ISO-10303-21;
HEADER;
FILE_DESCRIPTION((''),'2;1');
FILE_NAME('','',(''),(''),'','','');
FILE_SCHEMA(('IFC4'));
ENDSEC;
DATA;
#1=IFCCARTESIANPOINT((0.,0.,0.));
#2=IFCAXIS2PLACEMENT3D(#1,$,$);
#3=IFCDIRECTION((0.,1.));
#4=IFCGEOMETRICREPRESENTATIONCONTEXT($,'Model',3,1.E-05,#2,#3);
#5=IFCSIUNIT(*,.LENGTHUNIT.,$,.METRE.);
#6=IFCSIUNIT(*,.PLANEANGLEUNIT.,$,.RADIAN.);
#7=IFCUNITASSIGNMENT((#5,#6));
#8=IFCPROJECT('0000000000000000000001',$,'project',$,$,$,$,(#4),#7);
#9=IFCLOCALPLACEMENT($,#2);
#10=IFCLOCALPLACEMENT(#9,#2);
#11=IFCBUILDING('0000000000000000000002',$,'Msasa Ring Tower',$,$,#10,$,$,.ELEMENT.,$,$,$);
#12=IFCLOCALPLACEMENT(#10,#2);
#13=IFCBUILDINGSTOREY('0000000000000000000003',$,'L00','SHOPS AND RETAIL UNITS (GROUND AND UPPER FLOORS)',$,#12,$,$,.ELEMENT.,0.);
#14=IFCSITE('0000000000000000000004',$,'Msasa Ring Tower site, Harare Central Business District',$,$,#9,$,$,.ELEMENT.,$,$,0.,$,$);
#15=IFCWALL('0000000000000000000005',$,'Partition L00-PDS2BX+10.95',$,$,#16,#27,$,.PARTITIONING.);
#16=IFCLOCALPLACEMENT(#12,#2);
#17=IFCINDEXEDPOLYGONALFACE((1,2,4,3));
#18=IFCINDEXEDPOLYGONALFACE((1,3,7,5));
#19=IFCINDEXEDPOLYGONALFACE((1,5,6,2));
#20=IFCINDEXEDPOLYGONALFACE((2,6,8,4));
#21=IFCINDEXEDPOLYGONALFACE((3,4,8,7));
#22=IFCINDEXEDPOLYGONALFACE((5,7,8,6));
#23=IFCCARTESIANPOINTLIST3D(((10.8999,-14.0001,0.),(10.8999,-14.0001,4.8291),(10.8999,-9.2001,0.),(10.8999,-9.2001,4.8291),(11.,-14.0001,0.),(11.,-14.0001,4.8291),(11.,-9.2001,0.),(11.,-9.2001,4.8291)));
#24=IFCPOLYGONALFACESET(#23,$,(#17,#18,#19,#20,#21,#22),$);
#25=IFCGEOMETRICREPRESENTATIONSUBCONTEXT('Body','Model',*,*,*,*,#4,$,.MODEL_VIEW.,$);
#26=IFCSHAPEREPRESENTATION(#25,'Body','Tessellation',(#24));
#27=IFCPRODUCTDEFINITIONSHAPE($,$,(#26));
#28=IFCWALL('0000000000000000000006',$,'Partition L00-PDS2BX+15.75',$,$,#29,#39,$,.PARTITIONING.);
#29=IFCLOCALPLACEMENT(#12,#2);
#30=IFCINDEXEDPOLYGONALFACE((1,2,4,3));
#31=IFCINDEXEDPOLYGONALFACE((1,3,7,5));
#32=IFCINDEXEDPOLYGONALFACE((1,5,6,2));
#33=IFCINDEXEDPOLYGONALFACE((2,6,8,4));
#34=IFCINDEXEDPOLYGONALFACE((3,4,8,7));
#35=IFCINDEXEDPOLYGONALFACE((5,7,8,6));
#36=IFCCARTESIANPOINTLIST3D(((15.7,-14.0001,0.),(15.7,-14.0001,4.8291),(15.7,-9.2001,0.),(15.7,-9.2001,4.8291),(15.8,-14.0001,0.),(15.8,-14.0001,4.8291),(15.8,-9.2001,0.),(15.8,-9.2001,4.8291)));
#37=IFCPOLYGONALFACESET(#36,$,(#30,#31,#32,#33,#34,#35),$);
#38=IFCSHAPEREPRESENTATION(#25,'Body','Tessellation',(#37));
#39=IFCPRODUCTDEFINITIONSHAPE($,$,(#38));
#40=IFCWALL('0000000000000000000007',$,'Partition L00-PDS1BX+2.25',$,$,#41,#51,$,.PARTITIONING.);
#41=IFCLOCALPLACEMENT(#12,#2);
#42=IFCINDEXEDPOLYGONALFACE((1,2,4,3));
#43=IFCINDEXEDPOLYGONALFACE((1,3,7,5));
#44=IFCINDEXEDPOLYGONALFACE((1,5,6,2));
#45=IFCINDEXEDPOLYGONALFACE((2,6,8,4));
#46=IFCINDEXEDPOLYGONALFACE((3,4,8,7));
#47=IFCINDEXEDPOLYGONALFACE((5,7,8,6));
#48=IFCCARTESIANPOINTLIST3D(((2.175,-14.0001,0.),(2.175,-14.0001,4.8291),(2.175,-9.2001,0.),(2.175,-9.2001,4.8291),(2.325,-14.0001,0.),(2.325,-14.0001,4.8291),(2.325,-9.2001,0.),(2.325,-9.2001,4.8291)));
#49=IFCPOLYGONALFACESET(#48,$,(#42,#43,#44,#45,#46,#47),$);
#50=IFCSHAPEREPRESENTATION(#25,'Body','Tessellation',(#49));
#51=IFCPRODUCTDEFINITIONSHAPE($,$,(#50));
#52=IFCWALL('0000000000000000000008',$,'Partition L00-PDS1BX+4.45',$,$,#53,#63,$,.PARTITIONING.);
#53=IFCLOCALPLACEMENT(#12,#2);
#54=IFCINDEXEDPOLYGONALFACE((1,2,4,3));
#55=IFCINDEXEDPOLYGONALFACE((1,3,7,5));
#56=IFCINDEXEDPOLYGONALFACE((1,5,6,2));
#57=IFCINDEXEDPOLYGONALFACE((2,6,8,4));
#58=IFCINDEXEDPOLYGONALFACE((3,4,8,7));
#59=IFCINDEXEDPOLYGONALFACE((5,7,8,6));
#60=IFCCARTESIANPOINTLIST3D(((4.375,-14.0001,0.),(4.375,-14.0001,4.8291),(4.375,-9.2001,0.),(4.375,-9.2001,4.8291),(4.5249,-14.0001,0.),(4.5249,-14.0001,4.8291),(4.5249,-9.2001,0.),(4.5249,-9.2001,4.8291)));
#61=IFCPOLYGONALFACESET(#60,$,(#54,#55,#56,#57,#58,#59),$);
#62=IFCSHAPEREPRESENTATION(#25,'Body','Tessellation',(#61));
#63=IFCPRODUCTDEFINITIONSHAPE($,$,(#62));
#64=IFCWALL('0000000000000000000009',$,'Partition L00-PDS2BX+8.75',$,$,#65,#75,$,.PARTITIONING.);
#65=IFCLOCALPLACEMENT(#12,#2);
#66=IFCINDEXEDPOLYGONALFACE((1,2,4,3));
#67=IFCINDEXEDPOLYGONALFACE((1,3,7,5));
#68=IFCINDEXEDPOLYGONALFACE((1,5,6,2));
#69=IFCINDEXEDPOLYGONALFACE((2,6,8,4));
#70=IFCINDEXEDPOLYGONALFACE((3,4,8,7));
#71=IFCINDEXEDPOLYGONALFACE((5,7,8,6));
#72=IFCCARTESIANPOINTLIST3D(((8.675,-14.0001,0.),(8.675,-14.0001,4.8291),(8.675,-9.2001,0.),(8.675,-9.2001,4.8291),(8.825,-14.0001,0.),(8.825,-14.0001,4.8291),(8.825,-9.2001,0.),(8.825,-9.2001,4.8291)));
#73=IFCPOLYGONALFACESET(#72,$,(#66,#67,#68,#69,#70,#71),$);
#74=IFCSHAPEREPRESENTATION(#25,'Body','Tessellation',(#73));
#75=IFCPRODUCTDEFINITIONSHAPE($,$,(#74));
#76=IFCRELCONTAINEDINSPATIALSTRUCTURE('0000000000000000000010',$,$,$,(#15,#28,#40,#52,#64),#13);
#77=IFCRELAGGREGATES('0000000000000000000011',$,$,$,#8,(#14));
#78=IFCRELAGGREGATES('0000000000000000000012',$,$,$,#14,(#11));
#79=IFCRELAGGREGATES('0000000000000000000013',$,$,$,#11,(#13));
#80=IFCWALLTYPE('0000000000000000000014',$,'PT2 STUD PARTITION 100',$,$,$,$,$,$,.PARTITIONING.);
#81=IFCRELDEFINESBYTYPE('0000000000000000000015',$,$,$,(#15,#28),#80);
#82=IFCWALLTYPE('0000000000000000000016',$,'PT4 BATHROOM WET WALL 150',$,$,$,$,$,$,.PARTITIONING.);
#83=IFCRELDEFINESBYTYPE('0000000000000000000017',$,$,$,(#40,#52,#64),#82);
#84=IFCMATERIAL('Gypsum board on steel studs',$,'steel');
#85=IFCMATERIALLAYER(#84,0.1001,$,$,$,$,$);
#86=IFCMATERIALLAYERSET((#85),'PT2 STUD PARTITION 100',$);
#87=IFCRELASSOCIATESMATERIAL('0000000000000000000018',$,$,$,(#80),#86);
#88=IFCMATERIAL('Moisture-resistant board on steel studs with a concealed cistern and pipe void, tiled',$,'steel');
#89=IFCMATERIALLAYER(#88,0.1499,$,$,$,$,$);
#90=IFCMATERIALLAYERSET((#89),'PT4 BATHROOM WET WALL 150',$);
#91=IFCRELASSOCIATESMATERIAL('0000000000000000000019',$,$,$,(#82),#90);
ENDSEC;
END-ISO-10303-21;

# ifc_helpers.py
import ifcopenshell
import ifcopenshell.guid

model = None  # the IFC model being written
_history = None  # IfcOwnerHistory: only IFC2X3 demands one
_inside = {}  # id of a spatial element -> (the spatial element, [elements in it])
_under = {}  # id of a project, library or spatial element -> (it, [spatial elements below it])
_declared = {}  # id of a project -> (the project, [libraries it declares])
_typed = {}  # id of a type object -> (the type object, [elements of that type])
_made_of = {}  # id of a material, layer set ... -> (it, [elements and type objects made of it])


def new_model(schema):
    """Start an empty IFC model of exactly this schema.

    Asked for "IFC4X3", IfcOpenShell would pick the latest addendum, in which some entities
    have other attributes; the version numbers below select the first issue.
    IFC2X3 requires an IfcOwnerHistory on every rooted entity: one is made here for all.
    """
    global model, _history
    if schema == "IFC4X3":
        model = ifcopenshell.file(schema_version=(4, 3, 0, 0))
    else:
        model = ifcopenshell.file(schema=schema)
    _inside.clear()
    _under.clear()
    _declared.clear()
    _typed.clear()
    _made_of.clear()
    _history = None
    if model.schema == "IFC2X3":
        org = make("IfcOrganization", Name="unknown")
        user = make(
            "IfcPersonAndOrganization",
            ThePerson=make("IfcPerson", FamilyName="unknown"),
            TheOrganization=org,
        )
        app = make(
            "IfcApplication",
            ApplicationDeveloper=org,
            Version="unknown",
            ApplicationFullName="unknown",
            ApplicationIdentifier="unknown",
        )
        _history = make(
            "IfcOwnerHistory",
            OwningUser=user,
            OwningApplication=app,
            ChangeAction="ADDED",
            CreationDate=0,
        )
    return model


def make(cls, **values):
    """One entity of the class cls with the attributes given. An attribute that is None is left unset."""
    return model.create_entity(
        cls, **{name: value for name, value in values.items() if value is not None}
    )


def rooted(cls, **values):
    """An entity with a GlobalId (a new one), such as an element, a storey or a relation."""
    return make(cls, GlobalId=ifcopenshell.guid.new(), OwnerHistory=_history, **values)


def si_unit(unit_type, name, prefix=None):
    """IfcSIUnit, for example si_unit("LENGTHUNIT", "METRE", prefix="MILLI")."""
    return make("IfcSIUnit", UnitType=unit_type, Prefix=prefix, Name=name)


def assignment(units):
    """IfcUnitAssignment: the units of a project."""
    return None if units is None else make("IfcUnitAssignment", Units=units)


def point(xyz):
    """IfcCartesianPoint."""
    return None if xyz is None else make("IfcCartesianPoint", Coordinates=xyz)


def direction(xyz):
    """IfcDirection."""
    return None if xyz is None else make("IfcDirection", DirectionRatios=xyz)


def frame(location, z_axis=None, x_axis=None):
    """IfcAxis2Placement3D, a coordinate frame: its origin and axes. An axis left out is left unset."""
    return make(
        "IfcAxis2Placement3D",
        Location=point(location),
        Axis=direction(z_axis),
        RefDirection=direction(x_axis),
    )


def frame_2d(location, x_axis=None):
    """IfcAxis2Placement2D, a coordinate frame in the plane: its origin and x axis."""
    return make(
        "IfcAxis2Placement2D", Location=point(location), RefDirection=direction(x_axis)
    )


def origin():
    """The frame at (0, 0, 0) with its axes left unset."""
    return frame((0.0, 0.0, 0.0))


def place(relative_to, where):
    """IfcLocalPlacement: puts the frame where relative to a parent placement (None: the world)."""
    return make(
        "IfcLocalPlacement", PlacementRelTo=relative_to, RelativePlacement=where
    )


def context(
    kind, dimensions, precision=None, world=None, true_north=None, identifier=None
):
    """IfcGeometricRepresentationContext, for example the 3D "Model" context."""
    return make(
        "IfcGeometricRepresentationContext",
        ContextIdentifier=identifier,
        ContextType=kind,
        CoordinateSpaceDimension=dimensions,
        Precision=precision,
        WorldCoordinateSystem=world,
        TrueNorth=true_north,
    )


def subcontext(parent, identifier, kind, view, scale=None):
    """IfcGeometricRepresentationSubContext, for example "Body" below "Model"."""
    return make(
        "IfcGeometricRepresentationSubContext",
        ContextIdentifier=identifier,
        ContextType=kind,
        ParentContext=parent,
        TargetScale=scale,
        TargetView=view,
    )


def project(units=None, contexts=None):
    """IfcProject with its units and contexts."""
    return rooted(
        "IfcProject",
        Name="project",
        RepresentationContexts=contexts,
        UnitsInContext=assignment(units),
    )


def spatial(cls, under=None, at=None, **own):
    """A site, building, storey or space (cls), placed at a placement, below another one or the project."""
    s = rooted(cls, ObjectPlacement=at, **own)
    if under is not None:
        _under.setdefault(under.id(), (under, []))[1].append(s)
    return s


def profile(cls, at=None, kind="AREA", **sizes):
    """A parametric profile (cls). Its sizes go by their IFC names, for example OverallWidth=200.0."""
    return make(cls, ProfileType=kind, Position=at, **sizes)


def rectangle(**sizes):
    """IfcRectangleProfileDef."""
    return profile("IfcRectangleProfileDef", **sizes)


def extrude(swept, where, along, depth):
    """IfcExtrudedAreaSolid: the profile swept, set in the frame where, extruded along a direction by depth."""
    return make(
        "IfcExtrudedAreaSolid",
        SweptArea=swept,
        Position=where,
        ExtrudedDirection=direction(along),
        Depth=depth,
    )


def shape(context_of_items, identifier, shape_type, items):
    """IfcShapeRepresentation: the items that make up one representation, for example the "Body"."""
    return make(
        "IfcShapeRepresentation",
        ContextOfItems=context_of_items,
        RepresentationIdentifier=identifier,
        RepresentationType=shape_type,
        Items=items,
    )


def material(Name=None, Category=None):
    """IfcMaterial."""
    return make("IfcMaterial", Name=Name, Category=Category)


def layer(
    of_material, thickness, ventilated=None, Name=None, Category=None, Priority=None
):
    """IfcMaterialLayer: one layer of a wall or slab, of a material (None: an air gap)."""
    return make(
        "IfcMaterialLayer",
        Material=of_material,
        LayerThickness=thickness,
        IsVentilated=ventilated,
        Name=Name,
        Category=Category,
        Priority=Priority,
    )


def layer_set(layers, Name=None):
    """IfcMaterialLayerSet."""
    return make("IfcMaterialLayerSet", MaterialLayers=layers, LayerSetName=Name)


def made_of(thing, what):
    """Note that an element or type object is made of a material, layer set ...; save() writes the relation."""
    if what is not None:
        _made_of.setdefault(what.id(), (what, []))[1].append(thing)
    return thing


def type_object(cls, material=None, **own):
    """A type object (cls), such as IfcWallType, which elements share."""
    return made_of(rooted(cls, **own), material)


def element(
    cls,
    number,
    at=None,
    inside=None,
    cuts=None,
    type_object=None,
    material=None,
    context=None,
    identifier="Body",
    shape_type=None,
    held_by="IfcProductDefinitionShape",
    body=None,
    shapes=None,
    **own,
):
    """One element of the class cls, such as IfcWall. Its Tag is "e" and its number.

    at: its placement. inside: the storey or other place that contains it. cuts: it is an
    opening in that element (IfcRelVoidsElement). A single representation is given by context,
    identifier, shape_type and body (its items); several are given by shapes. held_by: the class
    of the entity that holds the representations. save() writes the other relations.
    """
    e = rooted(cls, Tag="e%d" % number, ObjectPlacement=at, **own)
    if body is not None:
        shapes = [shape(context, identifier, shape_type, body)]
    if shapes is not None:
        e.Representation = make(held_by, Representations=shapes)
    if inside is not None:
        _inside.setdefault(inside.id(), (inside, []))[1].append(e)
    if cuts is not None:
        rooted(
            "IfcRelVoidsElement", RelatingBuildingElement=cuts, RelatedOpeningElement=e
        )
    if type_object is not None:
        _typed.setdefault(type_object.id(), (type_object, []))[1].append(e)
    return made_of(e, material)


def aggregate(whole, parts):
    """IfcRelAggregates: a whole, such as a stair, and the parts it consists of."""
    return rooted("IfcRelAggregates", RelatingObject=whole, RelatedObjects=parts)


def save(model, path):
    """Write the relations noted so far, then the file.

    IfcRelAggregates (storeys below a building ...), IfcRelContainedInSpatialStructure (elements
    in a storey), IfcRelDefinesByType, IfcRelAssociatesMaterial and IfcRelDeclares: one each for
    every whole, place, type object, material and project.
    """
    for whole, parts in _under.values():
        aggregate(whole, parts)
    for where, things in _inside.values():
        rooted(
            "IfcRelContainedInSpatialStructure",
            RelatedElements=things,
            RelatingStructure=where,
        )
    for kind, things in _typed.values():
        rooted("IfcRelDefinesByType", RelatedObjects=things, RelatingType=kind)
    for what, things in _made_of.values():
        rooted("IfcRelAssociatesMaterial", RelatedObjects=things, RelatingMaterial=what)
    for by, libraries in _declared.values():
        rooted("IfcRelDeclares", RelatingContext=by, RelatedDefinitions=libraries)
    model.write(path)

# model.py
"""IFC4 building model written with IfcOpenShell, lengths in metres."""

from ifc_helpers import new_model, si_unit, direction, frame, frame_2d, origin, place, context, subcontext, project, spatial, rectangle, extrude, material, layer, layer_set, type_object, element, save


model = new_model("IFC4")

# Units and contexts
model_context = context("Model", 3, precision=1e-05, world=origin(), true_north=direction((0.0, 1.0)))
body_context = subcontext(model_context, "Body", "Model", "MODEL_VIEW")
ifc_project = project(units=[si_unit("LENGTHUNIT", "METRE"), si_unit("PLANEANGLEUNIT", "RADIAN")], contexts=[model_context])

# Site, building, storey
site_placement = place(None, origin())
site = spatial("IfcSite", under=ifc_project, at=site_placement, Name="Msasa Ring Tower site, Harare Central Business District", CompositionType="ELEMENT", RefElevation=0.0)
building_placement = place(site_placement, origin())
building = spatial("IfcBuilding", under=site, at=building_placement, Name="Msasa Ring Tower", CompositionType="ELEMENT")
storey_placement = place(building_placement, origin())
storey = spatial("IfcBuildingStorey", under=building, at=storey_placement, Name="L00", Description="SHOPS AND RETAIL UNITS (GROUND AND UPPER FLOORS)", CompositionType="ELEMENT", Elevation=0.0)

# Shared definitions
ifc_material_1 = material(Name="Gypsum board on steel studs", Category="steel")
ifc_layer_1 = layer(ifc_material_1, 0.1001)
ifc_layer_set_1 = layer_set([ifc_layer_1], Name="PT2 STUD PARTITION 100")
wall_type_1 = type_object("IfcWallType", Name="PT2 STUD PARTITION 100", PredefinedType="PARTITIONING", material=ifc_layer_set_1)

# Walls
for number, where, z_axis, x_axis, name in (
    (1, (10.95, -14.0, 0.0), (0.0, 0.0, 1.0), (0.0, 1.0, 0.0), "Partition L00-PDS2BX+10.95"),
    (2, (15.75, -14.0, 0.0), (0.0, 0.0, 1.0), (0.0, 1.0, 0.0), "Partition L00-PDS2BX+15.75"),
):
    element("IfcWall", number, at=place(storey_placement, frame(where, z_axis=z_axis, x_axis=x_axis)), inside=storey, type_object=wall_type_1, Name=name, PredefinedType="PARTITIONING", context=body_context, shape_type="SweptSolid", body=[
        extrude(rectangle(XDim=4.8, YDim=0.1001, at=frame_2d((2.3999, 0.0))), origin(), (0.0, 0.0, 1.0), 4.8291),
    ])
ifc_material_2 = material(Name="Moisture-resistant board on steel studs with a concealed cistern and pipe void, tiled", Category="steel")
ifc_layer_2 = layer(ifc_material_2, 0.1499)
ifc_layer_set_2 = layer_set([ifc_layer_2], Name="PT4 BATHROOM WET WALL 150")
wall_type_2 = type_object("IfcWallType", Name="PT4 BATHROOM WET WALL 150", PredefinedType="PARTITIONING", material=ifc_layer_set_2)
for number, where, z_axis, x_axis, name in (
    (3, (2.25, -14.0, 0.0), (0.0, 0.0, 1.0), (0.0, 1.0, 0.0), "Partition L00-PDS1BX+2.25"),
    (4, (4.45, -14.0, 0.0), (0.0, 0.0, 1.0), (0.0, 1.0, 0.0), "Partition L00-PDS1BX+4.45"),
    (5, (8.75, -14.0, 0.0), (0.0, 0.0, 1.0), (0.0, 1.0, 0.0), "Partition L00-PDS2BX+8.75"),
):
    element("IfcWall", number, at=place(storey_placement, frame(where, z_axis=z_axis, x_axis=x_axis)), inside=storey, type_object=wall_type_2, Name=name, PredefinedType="PARTITIONING", context=body_context, shape_type="SweptSolid", body=[
        extrude(rectangle(XDim=4.8, YDim=0.1499, at=frame_2d((2.3999, 0.0))), origin(), (0.0, 0.0, 1.0), 4.8291),
    ])

save(model, "model.ifc")
